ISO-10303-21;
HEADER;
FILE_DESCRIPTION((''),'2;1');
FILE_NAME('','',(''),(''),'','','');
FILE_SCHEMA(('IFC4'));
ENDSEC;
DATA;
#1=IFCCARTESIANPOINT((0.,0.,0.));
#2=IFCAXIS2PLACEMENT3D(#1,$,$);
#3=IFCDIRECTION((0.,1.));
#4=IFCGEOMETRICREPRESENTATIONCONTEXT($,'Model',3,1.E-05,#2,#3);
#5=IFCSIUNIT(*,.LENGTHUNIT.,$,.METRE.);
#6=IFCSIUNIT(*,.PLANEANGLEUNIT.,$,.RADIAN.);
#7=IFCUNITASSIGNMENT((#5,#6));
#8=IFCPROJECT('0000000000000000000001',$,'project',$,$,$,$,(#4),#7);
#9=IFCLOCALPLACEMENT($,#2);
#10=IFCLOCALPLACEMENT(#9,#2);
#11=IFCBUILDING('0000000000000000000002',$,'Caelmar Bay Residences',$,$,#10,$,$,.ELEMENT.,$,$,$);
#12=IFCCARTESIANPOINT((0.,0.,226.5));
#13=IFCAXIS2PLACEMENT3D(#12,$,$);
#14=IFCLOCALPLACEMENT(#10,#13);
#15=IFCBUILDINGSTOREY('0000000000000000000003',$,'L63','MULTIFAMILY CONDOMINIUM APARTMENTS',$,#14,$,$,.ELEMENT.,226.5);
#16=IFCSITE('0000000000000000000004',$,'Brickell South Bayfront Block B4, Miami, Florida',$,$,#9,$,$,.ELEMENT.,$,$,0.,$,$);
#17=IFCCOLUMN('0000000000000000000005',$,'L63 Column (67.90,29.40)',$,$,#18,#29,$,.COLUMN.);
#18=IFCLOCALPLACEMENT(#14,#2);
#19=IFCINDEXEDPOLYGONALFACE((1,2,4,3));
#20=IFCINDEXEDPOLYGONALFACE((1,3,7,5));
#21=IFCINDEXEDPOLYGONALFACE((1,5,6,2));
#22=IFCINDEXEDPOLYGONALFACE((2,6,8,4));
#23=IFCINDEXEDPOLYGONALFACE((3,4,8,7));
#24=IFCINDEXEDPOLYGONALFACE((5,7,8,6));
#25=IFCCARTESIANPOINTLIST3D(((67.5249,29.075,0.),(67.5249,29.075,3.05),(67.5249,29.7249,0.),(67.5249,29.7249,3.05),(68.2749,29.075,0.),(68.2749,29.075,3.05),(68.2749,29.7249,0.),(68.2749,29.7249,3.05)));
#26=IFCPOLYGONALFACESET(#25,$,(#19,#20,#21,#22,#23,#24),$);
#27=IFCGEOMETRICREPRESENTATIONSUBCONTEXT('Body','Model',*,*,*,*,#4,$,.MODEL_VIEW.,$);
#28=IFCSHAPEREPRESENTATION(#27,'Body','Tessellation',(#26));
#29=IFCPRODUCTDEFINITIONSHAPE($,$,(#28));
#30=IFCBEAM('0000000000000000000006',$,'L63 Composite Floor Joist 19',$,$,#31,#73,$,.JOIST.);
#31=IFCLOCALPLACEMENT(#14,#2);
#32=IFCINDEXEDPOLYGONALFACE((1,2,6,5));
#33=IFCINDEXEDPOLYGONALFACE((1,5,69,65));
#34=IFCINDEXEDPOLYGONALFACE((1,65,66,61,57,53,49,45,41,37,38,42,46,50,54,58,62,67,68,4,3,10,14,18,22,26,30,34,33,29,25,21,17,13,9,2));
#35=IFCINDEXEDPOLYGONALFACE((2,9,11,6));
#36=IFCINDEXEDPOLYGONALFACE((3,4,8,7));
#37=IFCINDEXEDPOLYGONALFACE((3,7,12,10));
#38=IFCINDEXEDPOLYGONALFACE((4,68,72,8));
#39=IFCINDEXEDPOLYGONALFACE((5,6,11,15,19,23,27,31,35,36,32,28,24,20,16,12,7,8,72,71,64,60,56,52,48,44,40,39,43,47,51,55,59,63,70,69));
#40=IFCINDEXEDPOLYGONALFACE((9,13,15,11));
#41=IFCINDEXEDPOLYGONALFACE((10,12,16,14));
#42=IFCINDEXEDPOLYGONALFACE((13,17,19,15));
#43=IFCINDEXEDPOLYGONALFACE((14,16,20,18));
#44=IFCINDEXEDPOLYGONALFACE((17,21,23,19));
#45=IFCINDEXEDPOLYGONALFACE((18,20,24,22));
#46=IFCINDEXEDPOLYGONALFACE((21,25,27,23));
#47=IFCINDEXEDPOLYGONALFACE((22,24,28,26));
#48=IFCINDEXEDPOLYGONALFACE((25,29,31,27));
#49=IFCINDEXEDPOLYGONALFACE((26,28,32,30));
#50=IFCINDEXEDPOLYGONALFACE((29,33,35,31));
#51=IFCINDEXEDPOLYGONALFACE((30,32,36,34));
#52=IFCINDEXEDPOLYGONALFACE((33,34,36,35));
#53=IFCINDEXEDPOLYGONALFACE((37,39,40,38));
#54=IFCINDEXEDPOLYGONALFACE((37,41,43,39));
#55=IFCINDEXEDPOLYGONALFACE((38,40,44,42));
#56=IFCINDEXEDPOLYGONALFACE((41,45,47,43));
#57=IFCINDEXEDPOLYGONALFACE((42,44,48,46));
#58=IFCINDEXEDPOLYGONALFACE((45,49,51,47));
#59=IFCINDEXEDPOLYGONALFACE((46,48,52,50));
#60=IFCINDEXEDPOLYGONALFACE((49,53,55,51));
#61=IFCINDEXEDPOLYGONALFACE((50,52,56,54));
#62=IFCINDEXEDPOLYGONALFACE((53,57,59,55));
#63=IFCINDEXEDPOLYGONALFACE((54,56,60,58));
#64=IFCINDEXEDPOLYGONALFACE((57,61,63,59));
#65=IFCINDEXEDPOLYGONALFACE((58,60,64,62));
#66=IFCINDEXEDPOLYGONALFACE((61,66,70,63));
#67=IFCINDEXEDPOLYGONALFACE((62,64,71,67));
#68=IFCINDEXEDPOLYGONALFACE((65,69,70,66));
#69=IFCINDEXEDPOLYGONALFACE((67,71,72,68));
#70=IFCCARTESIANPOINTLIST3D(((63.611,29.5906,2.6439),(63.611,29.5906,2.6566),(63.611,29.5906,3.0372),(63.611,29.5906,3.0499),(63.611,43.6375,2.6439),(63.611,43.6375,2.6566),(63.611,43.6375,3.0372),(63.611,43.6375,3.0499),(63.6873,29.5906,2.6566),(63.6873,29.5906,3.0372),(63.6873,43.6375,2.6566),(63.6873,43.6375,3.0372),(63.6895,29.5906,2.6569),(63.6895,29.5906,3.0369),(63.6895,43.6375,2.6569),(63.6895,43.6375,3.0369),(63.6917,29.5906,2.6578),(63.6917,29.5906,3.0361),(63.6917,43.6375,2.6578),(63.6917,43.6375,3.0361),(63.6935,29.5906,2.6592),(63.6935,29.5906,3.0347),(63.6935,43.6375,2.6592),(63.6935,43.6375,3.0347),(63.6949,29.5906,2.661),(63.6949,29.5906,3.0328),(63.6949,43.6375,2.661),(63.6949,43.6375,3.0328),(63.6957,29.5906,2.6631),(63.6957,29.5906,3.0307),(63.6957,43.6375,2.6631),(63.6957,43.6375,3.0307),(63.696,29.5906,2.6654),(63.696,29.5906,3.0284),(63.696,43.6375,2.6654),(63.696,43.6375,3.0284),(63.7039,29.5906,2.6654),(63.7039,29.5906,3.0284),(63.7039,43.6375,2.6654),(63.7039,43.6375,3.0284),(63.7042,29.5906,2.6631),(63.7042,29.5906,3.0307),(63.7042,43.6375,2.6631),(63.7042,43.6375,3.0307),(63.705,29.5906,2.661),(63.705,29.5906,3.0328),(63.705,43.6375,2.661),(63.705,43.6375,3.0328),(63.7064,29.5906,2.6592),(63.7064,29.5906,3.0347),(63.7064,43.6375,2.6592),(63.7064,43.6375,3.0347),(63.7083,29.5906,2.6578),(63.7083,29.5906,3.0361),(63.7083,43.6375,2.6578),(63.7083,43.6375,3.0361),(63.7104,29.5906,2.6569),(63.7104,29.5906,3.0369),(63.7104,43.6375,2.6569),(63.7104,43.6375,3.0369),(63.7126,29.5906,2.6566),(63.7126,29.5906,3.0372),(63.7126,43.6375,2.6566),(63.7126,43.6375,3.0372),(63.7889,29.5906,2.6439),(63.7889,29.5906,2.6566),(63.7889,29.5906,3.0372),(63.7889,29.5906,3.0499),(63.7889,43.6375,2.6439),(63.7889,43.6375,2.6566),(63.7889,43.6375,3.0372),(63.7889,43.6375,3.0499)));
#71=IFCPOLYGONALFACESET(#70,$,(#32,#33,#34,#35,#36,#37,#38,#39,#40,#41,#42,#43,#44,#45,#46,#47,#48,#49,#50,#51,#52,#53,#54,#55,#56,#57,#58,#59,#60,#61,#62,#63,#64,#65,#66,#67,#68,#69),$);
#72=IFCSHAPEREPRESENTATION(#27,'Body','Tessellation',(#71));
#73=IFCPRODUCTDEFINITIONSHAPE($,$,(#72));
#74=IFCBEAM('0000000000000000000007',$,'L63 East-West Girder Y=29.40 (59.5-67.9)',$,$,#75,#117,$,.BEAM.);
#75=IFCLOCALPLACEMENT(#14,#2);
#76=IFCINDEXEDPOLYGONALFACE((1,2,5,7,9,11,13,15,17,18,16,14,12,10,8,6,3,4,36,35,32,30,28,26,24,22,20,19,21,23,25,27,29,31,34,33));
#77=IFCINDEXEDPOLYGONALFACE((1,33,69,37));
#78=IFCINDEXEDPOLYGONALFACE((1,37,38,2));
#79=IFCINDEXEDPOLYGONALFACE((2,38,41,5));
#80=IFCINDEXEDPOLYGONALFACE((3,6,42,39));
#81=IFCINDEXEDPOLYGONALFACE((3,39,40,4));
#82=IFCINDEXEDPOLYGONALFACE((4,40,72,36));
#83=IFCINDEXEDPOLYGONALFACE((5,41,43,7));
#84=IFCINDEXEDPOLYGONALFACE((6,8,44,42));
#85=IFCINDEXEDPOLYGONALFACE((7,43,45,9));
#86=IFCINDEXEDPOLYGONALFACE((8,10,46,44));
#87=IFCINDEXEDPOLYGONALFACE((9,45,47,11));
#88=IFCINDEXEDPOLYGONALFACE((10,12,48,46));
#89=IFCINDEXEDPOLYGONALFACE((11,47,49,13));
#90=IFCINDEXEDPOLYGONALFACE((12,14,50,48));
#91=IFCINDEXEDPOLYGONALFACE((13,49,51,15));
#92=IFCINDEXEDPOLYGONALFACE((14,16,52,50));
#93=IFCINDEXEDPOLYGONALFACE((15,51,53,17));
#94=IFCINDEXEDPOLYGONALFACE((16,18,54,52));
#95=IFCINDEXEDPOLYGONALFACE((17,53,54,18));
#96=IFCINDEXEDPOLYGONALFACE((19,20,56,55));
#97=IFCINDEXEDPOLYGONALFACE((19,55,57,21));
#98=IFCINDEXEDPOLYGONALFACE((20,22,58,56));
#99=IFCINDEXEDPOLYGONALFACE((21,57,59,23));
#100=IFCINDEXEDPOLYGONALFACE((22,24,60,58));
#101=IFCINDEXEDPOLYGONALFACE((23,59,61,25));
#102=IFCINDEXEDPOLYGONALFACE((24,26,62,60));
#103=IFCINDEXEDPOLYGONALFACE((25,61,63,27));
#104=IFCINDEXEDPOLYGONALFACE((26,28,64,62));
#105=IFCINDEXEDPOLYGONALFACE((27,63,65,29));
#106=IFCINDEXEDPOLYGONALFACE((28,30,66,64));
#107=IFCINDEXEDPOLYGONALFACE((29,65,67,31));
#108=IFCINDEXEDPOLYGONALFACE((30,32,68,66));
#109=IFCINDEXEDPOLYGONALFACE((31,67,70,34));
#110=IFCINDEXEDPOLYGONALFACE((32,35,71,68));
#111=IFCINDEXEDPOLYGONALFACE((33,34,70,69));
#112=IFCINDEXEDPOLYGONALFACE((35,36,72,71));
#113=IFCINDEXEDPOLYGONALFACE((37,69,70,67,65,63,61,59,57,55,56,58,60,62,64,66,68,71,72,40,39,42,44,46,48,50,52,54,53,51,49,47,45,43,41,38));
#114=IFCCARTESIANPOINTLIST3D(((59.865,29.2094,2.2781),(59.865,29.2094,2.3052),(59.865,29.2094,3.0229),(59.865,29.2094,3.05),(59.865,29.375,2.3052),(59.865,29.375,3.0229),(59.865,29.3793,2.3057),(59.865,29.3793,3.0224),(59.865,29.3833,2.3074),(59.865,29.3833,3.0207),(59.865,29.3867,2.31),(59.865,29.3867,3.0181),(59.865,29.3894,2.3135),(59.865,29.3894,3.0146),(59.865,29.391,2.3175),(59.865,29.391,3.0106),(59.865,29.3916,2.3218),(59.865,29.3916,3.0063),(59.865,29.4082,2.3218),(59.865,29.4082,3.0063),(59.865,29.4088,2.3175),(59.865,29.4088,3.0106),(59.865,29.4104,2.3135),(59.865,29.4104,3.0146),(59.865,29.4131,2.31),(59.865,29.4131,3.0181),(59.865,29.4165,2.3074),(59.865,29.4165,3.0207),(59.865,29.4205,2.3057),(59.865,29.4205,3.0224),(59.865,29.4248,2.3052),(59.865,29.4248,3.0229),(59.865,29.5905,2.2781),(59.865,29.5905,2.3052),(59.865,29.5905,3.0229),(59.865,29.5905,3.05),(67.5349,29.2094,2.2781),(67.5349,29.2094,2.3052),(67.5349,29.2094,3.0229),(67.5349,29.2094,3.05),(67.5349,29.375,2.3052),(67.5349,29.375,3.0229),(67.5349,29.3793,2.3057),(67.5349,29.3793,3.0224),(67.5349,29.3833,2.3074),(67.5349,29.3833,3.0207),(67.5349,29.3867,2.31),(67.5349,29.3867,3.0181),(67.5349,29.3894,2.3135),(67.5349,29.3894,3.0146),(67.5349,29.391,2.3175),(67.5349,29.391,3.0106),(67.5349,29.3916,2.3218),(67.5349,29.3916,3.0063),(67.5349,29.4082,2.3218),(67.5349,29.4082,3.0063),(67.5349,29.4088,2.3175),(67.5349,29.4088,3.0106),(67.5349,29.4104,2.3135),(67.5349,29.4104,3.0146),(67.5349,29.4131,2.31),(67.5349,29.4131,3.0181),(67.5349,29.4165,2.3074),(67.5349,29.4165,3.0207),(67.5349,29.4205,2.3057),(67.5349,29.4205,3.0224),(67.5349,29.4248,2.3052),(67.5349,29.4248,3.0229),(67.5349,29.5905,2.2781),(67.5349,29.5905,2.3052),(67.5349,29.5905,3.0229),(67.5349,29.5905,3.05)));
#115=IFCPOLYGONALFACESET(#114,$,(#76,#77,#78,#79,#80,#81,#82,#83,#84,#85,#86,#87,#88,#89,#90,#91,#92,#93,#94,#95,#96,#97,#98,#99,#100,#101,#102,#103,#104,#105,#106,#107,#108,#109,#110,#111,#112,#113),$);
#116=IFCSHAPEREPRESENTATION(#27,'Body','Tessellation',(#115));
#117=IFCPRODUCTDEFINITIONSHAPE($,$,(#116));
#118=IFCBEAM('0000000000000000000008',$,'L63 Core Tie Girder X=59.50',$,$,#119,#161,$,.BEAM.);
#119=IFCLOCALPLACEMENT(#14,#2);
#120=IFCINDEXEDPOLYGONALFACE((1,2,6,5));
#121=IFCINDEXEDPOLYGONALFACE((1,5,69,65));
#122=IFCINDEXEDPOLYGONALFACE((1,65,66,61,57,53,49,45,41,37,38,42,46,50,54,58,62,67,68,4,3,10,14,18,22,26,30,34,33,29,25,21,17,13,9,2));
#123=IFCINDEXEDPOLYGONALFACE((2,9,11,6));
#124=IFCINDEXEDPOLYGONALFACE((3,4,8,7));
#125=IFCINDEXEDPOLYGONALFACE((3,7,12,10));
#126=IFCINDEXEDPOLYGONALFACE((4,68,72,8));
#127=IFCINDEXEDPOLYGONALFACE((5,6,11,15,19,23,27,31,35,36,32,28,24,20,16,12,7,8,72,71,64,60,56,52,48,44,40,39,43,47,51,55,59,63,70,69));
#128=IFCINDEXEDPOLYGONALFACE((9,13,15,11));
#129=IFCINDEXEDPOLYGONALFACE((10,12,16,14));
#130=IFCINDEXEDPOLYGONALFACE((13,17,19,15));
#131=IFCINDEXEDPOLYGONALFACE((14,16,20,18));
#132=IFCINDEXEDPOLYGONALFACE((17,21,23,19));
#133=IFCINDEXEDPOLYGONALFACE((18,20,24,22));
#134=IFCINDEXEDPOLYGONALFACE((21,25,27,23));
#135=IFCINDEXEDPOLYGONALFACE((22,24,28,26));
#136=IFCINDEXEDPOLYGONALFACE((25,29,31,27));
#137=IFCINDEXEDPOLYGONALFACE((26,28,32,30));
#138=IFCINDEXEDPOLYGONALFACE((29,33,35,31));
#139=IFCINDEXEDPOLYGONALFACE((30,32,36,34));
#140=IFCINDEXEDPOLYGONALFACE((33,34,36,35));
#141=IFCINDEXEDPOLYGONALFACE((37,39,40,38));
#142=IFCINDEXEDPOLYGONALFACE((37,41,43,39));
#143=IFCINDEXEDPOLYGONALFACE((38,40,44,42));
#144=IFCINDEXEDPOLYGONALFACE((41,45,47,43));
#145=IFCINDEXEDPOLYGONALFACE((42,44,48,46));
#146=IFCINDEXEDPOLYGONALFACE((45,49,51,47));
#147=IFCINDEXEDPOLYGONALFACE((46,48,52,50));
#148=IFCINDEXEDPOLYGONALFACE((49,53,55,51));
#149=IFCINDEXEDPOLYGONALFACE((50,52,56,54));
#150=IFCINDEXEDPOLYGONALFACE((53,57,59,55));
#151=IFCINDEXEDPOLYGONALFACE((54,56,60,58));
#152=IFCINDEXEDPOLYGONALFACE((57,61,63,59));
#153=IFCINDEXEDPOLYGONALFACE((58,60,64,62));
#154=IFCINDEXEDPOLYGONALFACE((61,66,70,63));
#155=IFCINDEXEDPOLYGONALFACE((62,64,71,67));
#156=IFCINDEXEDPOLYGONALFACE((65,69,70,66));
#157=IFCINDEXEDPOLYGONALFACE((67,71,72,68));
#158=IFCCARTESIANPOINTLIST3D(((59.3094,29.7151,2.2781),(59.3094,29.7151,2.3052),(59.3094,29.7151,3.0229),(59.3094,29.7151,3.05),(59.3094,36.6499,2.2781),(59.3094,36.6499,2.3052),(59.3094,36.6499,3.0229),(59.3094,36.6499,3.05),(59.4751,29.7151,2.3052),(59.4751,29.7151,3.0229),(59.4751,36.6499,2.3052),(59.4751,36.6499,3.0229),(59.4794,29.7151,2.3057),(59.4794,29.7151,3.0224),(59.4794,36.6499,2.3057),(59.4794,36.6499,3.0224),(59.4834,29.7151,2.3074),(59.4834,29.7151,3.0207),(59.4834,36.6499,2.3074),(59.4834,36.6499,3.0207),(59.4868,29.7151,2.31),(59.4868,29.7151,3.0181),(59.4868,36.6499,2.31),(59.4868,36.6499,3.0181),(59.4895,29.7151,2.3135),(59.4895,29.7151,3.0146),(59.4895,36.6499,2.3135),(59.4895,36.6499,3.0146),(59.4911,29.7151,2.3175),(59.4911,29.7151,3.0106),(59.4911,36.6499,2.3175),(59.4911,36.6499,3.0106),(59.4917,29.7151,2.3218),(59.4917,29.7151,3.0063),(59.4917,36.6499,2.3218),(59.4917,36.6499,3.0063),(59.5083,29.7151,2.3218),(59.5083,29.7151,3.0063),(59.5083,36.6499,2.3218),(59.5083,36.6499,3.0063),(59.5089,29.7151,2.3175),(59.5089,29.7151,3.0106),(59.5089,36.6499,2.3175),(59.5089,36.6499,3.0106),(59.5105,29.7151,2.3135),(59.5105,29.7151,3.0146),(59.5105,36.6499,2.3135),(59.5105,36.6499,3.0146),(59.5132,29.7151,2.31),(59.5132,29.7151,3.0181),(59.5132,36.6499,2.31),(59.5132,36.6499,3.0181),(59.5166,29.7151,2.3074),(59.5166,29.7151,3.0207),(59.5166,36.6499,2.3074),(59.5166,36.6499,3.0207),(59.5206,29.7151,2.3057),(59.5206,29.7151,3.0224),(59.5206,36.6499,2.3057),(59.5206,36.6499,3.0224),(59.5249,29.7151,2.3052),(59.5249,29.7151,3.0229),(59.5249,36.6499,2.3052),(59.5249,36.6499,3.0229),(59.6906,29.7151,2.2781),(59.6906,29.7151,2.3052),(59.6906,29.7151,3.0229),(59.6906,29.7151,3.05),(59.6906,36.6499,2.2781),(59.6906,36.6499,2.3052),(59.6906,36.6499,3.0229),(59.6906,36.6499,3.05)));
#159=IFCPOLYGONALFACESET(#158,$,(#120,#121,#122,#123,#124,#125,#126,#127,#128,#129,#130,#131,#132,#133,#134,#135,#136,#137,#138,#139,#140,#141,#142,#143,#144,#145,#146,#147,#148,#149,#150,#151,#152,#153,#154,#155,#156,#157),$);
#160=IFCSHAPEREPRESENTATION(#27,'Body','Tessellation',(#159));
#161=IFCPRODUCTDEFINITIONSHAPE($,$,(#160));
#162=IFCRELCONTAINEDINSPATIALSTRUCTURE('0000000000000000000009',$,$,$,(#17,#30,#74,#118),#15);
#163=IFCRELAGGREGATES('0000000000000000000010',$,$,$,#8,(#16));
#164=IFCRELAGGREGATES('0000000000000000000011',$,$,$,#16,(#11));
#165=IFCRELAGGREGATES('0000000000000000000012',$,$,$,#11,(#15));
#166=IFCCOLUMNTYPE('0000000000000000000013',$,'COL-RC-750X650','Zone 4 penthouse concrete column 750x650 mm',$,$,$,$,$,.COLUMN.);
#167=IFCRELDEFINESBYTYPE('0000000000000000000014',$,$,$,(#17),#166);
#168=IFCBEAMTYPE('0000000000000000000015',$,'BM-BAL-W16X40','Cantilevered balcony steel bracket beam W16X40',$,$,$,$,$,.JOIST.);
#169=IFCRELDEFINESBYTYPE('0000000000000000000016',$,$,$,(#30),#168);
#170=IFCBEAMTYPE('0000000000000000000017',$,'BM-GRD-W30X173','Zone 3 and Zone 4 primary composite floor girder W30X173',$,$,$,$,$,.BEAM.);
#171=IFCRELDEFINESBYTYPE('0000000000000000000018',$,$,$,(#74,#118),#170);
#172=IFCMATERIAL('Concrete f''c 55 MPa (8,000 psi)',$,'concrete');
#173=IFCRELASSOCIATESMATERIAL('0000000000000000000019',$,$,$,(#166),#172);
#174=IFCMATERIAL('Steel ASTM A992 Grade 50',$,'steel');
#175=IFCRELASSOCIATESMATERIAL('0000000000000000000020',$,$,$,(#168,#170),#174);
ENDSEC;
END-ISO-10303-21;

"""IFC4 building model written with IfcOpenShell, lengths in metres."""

from ifc_helpers import new_model, si_unit, direction, frame, origin, origin_2d, place, context, subcontext, project, spatial, rectangle, i_section, extrude, material, material_profile, profile_set, type_object, element, save


model = new_model("IFC4")

# Units and contexts
model_context = context("Model", 3, precision=1e-05, world=origin(), true_north=direction((0.0, 1.0)))
body_context = subcontext(model_context, "Body", "Model", "MODEL_VIEW")
ifc_project = project(units=[si_unit("LENGTHUNIT", "METRE"), si_unit("PLANEANGLEUNIT", "RADIAN")], contexts=[model_context])

# Site, building, storey
site_placement = place(None, origin())
site = spatial("IfcSite", under=ifc_project, at=site_placement, Name="Brickell South Bayfront Block B4, Miami, Florida", CompositionType="ELEMENT", RefElevation=0.0)
building_placement = place(site_placement, origin())
building = spatial("IfcBuilding", under=site, at=building_placement, Name="Caelmar Bay Residences", CompositionType="ELEMENT")
storey_placement = place(building_placement, frame((0.0, 0.0, 226.5)))
storey = spatial("IfcBuildingStorey", under=building, at=storey_placement, Name="L63", Description="MULTIFAMILY CONDOMINIUM APARTMENTS", CompositionType="ELEMENT", Elevation=226.5)

# Column
ifc_material_1 = material(Name="Concrete f'c 55 MPa (8,000 psi)", Category="concrete")
ifc_material_profile_1 = material_profile(ifc_material_1, rectangle(XDim=0.75, YDim=0.6499, at=origin_2d()), Name="RC-COL-750X650")
ifc_profile_set_1 = profile_set([ifc_material_profile_1], Name="Concrete f'c 55 MPa (8,000 psi)")
column_type = type_object("IfcColumnType", Name="COL-RC-750X650", Description="Zone 4 penthouse concrete column 750x650 mm", PredefinedType="COLUMN", material=ifc_profile_set_1)
column_placement = place(storey_placement, frame((67.8999, 29.3999, 0.0), z_axis=(0.0, 0.0, 1.0), x_axis=(1.0, 0.0, 0.0)))
element("IfcColumn", 1, at=column_placement, inside=storey, type_object=column_type, Name="L63 Column (67.90,29.40)", PredefinedType="COLUMN", context=body_context, shape_type="SweptSolid", body=[
    extrude(rectangle(XDim=0.75, YDim=0.6499, at=origin_2d()), origin(), (0.0, 0.0, 1.0), 3.05),
])

# Beams
ifc_material_2 = material(Name="Steel ASTM A992 Grade 50", Category="steel")
ifc_material_profile_2 = material_profile(ifc_material_2, i_section(OverallWidth=0.178, OverallDepth=0.406, WebThickness=0.0078, FlangeThickness=0.0127, FilletRadius=0.0088, at=origin_2d()), Name="W16X40")
ifc_profile_set_2 = profile_set([ifc_material_profile_2], Name="Steel ASTM A992 Grade 50")
beam_type_1 = type_object("IfcBeamType", Name="BM-BAL-W16X40", Description="Cantilevered balcony steel bracket beam W16X40", PredefinedType="JOIST", material=ifc_profile_set_2)
beam_1_placement = place(storey_placement, frame((63.7, 29.5906, 2.8469), z_axis=(0.0, 1.0, 0.0), x_axis=(-1.0, 0.0, 0.0)))
element("IfcBeam", 2, at=beam_1_placement, inside=storey, type_object=beam_type_1, Name="L63 Composite Floor Joist 19", PredefinedType="JOIST", context=body_context, shape_type="SweptSolid", body=[
    extrude(i_section(OverallWidth=0.178, OverallDepth=0.406, WebThickness=0.0078, FlangeThickness=0.0127, FilletRadius=0.0088, at=origin_2d()), origin(), (0.0, 0.0, 1.0), 14.0469),
])
ifc_material_profile_3 = material_profile(ifc_material_2, i_section(OverallWidth=0.3811, OverallDepth=0.772, WebThickness=0.0166, FlangeThickness=0.0271, FilletRadius=0.0166, at=origin_2d()), Name="W30X173")
ifc_profile_set_3 = profile_set([ifc_material_profile_3], Name="Steel ASTM A992 Grade 50")
beam_type_2 = type_object("IfcBeamType", Name="BM-GRD-W30X173", Description="Zone 3 and Zone 4 primary composite floor girder W30X173", PredefinedType="BEAM", material=ifc_profile_set_3)
beam_2_placement = place(storey_placement, frame((59.865, 29.3999, 2.6641), z_axis=(1.0, 0.0, 0.0), x_axis=(0.0, 1.0, 0.0)))
element("IfcBeam", 3, at=beam_2_placement, inside=storey, type_object=beam_type_2, Name="L63 East-West Girder Y=29.40 (59.5-67.9)", PredefinedType="BEAM", context=body_context, shape_type="SweptSolid", body=[
    extrude(i_section(OverallWidth=0.3811, OverallDepth=0.772, WebThickness=0.0166, FlangeThickness=0.0271, FilletRadius=0.0166, at=origin_2d()), origin(), (0.0, 0.0, 1.0), 7.6699),
])
beam_3_placement = place(storey_placement, frame((59.5, 29.7151, 2.6641), z_axis=(0.0, 1.0, 0.0), x_axis=(-1.0, 0.0, 0.0)))
element("IfcBeam", 4, at=beam_3_placement, inside=storey, type_object=beam_type_2, Name="L63 Core Tie Girder X=59.50", PredefinedType="BEAM", context=body_context, shape_type="SweptSolid", body=[
    extrude(i_section(OverallWidth=0.3811, OverallDepth=0.772, WebThickness=0.0166, FlangeThickness=0.0271, FilletRadius=0.0166, at=origin_2d()), origin(), (0.0, 0.0, 1.0), 6.9348),
])

save(model, "model.ifc")
